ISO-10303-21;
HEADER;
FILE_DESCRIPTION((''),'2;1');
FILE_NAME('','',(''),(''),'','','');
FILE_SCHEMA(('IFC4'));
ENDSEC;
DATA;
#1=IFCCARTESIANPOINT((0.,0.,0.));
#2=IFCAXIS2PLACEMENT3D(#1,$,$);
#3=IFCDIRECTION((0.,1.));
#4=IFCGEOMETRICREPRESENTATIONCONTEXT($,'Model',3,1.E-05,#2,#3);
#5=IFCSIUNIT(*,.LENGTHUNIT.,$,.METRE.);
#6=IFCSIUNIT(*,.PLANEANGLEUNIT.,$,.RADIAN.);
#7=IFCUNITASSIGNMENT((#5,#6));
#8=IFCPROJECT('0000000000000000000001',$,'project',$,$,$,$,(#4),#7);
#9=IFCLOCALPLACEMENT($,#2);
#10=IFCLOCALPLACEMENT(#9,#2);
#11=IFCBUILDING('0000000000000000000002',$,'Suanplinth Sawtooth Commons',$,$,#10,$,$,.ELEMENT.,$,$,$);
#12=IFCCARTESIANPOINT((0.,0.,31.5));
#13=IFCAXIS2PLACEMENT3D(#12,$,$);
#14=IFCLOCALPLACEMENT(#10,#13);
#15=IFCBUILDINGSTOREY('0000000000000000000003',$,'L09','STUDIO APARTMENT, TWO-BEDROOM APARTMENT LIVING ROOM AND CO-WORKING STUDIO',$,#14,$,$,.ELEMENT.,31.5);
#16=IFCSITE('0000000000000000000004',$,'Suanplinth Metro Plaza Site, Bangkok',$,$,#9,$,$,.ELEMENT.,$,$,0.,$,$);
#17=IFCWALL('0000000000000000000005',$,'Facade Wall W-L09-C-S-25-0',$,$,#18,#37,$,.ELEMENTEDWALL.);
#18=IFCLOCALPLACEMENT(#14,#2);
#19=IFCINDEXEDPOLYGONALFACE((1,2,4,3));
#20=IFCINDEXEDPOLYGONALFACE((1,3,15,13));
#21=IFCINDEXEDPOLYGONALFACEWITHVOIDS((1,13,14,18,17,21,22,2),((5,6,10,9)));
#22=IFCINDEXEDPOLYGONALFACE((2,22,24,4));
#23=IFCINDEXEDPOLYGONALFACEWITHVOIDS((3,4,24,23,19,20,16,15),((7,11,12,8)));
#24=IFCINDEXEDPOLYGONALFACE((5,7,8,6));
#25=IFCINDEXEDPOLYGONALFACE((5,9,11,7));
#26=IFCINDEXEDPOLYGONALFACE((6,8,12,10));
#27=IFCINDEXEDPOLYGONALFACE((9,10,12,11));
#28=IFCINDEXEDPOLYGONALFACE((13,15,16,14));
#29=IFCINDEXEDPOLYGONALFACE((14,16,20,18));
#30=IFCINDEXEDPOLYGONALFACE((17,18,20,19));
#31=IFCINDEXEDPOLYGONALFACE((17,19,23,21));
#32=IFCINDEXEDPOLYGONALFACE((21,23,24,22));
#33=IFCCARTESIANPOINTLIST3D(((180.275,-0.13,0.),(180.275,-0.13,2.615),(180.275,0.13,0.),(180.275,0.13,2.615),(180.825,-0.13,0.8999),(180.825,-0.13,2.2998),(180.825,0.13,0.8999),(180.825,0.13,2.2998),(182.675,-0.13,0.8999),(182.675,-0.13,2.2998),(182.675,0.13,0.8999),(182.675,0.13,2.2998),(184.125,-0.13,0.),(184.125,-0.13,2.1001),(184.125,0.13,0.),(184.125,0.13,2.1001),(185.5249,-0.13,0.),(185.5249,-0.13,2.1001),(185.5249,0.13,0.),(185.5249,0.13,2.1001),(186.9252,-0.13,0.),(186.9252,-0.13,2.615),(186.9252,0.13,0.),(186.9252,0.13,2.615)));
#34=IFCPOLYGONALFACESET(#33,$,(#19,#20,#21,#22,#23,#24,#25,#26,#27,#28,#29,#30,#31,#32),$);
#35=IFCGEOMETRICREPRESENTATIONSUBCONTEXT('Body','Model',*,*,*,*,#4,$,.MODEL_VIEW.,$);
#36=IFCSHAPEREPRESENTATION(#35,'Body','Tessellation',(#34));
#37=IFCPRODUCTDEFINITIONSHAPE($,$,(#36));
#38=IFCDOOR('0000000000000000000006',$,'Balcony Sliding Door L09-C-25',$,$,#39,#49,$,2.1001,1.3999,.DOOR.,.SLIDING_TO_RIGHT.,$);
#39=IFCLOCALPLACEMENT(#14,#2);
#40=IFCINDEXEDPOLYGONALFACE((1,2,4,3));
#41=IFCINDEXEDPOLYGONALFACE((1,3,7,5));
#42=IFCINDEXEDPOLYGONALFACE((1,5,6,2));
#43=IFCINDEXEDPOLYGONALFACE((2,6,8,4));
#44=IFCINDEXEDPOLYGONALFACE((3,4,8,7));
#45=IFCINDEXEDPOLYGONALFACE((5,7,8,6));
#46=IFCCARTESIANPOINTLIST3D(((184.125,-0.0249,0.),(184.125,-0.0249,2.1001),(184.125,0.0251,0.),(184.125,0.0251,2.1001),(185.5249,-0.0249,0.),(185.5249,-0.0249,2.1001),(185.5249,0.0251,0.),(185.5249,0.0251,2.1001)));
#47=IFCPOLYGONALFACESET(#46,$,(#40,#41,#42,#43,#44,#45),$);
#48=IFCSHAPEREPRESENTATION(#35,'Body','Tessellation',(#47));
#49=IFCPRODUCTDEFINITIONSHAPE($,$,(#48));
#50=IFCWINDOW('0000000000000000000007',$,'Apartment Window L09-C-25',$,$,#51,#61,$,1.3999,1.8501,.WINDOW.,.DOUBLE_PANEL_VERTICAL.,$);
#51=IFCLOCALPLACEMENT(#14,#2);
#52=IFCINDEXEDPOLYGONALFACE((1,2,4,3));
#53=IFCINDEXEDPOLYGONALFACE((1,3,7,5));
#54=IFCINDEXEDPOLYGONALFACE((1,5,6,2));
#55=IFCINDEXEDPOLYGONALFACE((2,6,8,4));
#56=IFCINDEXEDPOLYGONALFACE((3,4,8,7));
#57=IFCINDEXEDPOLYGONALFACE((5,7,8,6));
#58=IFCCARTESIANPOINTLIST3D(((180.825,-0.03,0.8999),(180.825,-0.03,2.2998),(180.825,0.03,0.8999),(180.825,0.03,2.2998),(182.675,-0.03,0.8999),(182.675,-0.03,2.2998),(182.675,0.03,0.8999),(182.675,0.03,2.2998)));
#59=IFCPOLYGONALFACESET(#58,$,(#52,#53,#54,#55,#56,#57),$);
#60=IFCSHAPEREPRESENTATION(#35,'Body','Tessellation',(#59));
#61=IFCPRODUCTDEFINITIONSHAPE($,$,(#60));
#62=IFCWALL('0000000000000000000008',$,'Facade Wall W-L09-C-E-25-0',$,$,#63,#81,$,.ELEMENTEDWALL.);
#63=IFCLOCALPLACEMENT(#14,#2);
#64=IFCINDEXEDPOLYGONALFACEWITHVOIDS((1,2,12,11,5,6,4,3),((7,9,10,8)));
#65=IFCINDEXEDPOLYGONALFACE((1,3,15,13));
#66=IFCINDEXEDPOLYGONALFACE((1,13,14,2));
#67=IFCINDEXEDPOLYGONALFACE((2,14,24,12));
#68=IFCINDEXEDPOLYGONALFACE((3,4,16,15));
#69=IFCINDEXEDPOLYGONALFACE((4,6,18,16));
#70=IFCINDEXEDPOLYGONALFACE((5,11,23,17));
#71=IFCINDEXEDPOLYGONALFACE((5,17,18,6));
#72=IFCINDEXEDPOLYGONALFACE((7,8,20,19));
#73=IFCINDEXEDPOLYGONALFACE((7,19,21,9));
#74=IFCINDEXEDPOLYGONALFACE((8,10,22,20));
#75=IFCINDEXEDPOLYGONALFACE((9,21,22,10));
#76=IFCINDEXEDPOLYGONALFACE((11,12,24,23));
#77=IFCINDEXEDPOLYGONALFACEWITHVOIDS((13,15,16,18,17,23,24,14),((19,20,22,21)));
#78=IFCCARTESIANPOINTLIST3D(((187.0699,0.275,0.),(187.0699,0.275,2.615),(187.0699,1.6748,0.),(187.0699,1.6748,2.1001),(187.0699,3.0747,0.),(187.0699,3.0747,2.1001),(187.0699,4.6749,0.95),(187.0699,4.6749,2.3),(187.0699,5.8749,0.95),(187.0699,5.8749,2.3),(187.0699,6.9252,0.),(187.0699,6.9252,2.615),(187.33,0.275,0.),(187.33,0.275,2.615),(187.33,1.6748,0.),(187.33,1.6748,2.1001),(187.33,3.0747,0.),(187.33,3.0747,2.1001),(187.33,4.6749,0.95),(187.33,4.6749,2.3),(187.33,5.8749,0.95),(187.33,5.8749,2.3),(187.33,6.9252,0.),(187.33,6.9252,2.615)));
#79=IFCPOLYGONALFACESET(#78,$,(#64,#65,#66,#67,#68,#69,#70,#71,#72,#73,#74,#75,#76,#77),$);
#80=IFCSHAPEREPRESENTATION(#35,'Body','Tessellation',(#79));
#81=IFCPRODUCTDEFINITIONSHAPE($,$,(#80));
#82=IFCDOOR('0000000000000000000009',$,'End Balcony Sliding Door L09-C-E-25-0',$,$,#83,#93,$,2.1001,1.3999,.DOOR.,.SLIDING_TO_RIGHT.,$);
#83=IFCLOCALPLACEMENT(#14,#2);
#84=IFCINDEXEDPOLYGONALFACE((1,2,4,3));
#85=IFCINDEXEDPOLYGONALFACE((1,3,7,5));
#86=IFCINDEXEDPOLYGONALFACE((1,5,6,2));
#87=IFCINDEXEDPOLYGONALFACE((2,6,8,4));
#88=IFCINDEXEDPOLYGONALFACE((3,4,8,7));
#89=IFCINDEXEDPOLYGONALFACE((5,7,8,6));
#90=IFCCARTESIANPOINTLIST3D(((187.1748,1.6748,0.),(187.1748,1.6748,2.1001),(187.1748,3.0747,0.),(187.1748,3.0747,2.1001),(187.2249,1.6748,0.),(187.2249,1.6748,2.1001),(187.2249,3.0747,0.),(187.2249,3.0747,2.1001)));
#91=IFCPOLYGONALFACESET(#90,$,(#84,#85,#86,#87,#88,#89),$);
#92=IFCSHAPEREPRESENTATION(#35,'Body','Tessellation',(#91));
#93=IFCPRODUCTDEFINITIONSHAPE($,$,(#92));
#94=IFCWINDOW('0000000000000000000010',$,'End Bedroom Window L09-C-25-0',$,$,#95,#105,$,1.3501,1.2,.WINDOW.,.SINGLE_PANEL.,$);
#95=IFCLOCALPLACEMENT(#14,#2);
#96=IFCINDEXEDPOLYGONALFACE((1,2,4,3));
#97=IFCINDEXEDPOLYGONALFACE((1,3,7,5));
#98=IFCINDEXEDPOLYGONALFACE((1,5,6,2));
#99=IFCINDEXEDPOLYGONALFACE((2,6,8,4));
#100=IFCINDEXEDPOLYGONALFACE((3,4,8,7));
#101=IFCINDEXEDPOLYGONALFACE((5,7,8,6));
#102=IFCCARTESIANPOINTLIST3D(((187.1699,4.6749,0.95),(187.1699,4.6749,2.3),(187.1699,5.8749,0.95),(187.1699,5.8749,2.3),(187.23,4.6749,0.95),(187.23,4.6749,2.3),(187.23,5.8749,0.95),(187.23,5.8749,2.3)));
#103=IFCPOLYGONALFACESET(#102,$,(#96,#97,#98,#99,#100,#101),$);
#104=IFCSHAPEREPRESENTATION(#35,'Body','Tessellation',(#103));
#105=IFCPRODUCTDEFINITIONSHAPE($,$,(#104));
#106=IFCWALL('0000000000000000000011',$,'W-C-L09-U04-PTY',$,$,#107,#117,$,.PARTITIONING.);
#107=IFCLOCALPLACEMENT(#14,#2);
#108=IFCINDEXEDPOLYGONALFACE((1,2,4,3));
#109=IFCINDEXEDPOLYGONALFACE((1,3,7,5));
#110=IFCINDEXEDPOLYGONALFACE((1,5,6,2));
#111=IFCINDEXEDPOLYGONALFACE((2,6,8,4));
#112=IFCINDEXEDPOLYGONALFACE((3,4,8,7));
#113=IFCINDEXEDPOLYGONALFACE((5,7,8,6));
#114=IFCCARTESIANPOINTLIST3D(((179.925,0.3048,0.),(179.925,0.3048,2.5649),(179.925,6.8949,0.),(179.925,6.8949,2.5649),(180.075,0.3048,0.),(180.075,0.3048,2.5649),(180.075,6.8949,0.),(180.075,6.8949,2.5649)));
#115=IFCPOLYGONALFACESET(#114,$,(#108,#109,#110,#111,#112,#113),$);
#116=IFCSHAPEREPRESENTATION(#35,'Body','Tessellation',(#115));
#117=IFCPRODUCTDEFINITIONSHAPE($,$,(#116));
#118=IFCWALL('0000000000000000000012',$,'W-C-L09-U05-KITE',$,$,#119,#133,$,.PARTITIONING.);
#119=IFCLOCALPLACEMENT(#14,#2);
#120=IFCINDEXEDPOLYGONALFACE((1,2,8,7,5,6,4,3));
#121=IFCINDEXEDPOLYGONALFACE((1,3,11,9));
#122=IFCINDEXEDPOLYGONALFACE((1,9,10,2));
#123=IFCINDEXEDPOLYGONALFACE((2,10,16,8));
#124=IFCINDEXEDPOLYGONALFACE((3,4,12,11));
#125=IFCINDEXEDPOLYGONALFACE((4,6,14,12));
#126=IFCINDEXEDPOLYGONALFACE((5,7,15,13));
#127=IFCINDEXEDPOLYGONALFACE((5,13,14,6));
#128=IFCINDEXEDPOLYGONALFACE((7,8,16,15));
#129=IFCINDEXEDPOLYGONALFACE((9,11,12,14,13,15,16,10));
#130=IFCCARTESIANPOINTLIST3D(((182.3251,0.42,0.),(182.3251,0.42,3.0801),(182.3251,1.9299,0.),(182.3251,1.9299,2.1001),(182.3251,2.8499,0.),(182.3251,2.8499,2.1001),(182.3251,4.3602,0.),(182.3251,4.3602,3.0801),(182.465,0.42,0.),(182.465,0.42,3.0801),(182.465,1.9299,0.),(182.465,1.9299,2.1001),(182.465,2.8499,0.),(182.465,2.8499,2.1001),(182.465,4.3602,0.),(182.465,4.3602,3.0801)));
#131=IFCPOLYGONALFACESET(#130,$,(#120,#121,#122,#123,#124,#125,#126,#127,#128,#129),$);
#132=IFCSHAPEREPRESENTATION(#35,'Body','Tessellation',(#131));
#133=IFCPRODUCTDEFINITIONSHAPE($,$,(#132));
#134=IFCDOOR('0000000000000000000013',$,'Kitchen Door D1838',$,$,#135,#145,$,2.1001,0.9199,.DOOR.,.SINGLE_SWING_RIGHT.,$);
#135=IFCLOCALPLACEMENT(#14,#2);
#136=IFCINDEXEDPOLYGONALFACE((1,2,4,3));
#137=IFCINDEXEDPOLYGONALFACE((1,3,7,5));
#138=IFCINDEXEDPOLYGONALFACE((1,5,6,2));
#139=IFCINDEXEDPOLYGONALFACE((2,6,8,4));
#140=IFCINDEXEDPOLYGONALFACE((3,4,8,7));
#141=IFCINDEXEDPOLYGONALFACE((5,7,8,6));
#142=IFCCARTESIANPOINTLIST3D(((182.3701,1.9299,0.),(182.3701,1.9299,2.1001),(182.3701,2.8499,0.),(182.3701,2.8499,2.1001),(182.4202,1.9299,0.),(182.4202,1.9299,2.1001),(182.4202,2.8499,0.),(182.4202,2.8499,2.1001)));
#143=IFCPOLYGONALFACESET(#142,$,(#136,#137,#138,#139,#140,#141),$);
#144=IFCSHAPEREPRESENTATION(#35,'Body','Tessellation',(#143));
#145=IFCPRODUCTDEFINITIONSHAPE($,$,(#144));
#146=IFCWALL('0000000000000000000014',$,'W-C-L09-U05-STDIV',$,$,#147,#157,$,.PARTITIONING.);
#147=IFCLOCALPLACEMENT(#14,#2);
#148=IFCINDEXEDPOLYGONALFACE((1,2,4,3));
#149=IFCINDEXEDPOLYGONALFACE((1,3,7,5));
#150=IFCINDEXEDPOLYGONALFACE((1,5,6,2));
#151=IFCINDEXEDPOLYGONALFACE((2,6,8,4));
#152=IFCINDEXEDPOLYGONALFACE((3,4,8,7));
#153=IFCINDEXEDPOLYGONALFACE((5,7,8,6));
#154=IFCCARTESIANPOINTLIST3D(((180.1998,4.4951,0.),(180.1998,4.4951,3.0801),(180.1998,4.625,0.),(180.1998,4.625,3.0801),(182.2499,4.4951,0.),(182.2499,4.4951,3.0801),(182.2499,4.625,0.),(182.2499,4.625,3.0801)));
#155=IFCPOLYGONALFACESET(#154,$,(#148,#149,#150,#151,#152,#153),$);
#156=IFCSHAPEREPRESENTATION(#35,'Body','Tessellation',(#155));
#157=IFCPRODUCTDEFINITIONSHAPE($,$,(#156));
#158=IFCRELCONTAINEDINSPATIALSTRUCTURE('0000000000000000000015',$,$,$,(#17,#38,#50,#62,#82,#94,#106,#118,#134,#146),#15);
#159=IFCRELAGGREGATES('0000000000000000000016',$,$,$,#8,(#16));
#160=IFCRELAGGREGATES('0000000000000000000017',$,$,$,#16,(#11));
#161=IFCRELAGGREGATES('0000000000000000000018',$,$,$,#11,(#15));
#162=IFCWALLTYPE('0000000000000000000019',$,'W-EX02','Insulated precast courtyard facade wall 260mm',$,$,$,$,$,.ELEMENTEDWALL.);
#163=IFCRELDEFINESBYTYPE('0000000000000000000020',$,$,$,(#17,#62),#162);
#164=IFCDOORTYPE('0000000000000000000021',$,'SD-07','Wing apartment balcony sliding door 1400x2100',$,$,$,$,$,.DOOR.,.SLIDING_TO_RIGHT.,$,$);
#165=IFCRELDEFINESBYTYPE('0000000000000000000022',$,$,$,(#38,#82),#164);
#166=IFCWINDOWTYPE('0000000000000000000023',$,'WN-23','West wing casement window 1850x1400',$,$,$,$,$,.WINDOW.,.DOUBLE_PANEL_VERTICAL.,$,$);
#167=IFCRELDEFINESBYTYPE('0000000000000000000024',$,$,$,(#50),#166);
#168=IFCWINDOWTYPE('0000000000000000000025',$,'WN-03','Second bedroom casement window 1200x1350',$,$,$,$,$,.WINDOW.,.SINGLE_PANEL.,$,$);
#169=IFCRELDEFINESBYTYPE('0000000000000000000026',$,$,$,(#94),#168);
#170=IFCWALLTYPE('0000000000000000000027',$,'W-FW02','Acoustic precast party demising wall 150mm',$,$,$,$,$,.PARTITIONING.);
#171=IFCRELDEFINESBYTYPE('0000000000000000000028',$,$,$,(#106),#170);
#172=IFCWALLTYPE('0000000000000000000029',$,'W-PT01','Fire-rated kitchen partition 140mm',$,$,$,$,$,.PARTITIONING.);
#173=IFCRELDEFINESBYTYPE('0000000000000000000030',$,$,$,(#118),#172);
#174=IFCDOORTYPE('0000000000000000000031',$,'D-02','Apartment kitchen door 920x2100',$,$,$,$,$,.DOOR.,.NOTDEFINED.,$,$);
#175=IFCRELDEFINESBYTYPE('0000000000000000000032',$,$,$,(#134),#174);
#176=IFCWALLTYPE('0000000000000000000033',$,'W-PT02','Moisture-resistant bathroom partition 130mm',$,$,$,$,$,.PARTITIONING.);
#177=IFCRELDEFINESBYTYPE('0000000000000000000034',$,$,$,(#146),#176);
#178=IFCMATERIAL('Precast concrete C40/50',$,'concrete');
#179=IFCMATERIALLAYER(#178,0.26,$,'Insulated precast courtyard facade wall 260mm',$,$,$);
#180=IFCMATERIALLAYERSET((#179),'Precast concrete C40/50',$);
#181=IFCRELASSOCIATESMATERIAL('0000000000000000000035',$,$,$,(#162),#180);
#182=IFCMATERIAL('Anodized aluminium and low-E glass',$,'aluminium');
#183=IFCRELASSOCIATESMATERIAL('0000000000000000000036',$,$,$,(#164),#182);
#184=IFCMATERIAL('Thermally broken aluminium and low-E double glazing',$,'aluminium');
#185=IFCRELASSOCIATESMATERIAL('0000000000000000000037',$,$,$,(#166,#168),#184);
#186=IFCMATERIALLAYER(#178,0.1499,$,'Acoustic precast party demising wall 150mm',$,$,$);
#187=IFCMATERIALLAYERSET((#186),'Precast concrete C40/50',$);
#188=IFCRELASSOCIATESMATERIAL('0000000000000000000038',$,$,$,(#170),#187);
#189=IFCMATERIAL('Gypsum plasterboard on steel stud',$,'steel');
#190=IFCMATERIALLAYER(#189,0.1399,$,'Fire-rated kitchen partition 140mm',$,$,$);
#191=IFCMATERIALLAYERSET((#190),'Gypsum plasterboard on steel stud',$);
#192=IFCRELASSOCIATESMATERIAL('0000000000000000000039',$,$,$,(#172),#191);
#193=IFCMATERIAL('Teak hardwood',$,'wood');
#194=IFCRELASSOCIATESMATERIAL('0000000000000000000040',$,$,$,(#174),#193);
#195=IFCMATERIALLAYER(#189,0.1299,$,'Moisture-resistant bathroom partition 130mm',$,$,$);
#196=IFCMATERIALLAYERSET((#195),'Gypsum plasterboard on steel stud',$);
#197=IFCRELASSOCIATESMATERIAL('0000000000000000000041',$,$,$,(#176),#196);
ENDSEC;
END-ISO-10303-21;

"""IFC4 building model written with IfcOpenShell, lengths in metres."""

from ifc_helpers import new_model, si_unit, direction, frame, frame_2d, origin, place, context, subcontext, project, spatial, rectangle, extrude, material, layer, layer_set, type_object, element, fill, save


model = new_model("IFC4")

# Units and contexts
model_context = context("Model", 3, precision=1e-05, world=origin(), true_north=direction((0.0, 1.0)))
body_context = subcontext(model_context, "Body", "Model", "MODEL_VIEW")
ifc_project = project(units=[si_unit("LENGTHUNIT", "METRE"), si_unit("PLANEANGLEUNIT", "RADIAN")], contexts=[model_context])

# Site, building, storey
site_placement = place(None, origin())
site = spatial("IfcSite", under=ifc_project, at=site_placement, Name="Suanplinth Metro Plaza Site, Bangkok", CompositionType="ELEMENT", RefElevation=0.0)
building_placement = place(site_placement, origin())
building = spatial("IfcBuilding", under=site, at=building_placement, Name="Suanplinth Sawtooth Commons", CompositionType="ELEMENT")
storey_placement = place(building_placement, frame((0.0, 0.0, 31.5)))
storey = spatial("IfcBuildingStorey", under=building, at=storey_placement, Name="L09", Description="STUDIO APARTMENT, TWO-BEDROOM APARTMENT LIVING ROOM AND CO-WORKING STUDIO", CompositionType="ELEMENT", Elevation=31.5)

# Shared definitions
ifc_material_1 = material(Name="Precast concrete C40/50", Category="concrete")

# Walls, openings, doors, windows
ifc_layer_1 = layer(ifc_material_1, 0.26, Name="Insulated precast courtyard facade wall 260mm")
ifc_layer_set_1 = layer_set([ifc_layer_1], Name="Precast concrete C40/50")
wall_type_1 = type_object("IfcWallType", Name="W-EX02", Description="Insulated precast courtyard facade wall 260mm", PredefinedType="ELEMENTEDWALL", material=ifc_layer_set_1)
wall_1_placement = place(storey_placement, frame((180.2749, 0.0, 0.0), z_axis=(0.0, 0.0, 1.0), x_axis=(1.0, 0.0, 0.0)))
wall_1 = element("IfcWall", 1, at=wall_1_placement, inside=storey, type_object=wall_type_1, Name="Facade Wall W-L09-C-S-25-0", PredefinedType="ELEMENTEDWALL", context=body_context, shape_type="SweptSolid", body=[
    extrude(rectangle(XDim=6.6501, YDim=0.26, at=frame_2d((3.3252, 0.0))), origin(), (0.0, 0.0, 1.0), 2.615),
])
opening_1_placement = place(wall_1_placement, frame((3.8501, 0.0, 0.0)))
opening_1 = element("IfcOpeningElement", 2, at=opening_1_placement, cuts=wall_1, PredefinedType="OPENING", context=body_context, shape_type="SweptSolid", body=[
    extrude(rectangle(XDim=1.3999, YDim=2.1001, at=frame_2d((0.7, 1.05))), frame((0.0, 0.145, 0.0), z_axis=(0.0, -1.0, 0.0), x_axis=(1.0, 0.0, 0.0)), (0.0, 0.0, 1.0), 0.2898),
])
opening_2_placement = place(wall_1_placement, frame((0.55, 0.0, 0.8999)))
opening_2 = element("IfcOpeningElement", 3, at=opening_2_placement, cuts=wall_1, PredefinedType="OPENING", context=body_context, shape_type="SweptSolid", body=[
    extrude(rectangle(XDim=1.8501, YDim=1.3999, at=frame_2d((0.925, 0.7))), frame((0.0, 0.145, 0.0), z_axis=(0.0, -1.0, 0.0), x_axis=(1.0, 0.0, 0.0)), (0.0, 0.0, 1.0), 0.2898),
])
ifc_material_2 = material(Name="Anodized aluminium and low-E glass", Category="aluminium")
door_type_1 = type_object("IfcDoorType", Name="SD-07", Description="Wing apartment balcony sliding door 1400x2100", OperationType="SLIDING_TO_RIGHT", PredefinedType="DOOR", material=ifc_material_2)
door_1_placement = place(opening_1_placement, frame((1.3999, 0.0, 0.0), z_axis=(0.0, 0.0, 1.0), x_axis=(-1.0, 0.0, 0.0)))
door_1 = element("IfcDoor", 4, at=door_1_placement, inside=storey, type_object=door_type_1, Name="Balcony Sliding Door L09-C-25", OperationType="SLIDING_TO_RIGHT", OverallHeight=2.1001, OverallWidth=1.3999, PredefinedType="DOOR", context=body_context, shape_type="SweptSolid", body=[
    extrude(rectangle(XDim=1.3999, YDim=2.1001, at=frame_2d((0.7, 1.05))), frame((0.0, 0.0249, 0.0), z_axis=(0.0, -1.0, 0.0), x_axis=(1.0, 0.0, 0.0)), (0.0, 0.0, 1.0), 0.05),
])
fill(opening_1, door_1)
ifc_material_3 = material(Name="Thermally broken aluminium and low-E double glazing", Category="aluminium")
window_type_1 = type_object("IfcWindowType", Name="WN-23", Description="West wing casement window 1850x1400", PartitioningType="DOUBLE_PANEL_VERTICAL", PredefinedType="WINDOW", material=ifc_material_3)
window_1_placement = place(opening_2_placement, origin())
window_1 = element("IfcWindow", 5, at=window_1_placement, inside=storey, type_object=window_type_1, Name="Apartment Window L09-C-25", OverallHeight=1.3999, OverallWidth=1.8501, PartitioningType="DOUBLE_PANEL_VERTICAL", PredefinedType="WINDOW", context=body_context, shape_type="SweptSolid", body=[
    extrude(rectangle(XDim=1.8501, YDim=1.3999, at=frame_2d((0.925, 0.7))), frame((0.0, 0.03, 0.0), z_axis=(0.0, -1.0, 0.0), x_axis=(1.0, 0.0, 0.0)), (0.0, 0.0, 1.0), 0.0601),
])
fill(opening_2, window_1)
wall_2_placement = place(storey_placement, frame((187.2, 0.2749, 0.0), z_axis=(0.0, 0.0, 1.0), x_axis=(0.0, 1.0, 0.0)))
wall_2 = element("IfcWall", 6, at=wall_2_placement, inside=storey, type_object=wall_type_1, Name="Facade Wall W-L09-C-E-25-0", PredefinedType="ELEMENTEDWALL", context=body_context, shape_type="SweptSolid", body=[
    extrude(rectangle(XDim=6.6501, YDim=0.26, at=frame_2d((3.3252, 0.0))), origin(), (0.0, 0.0, 1.0), 2.615),
])
opening_3_placement = place(wall_2_placement, frame((1.3999, 0.0, 0.0)))
opening_3 = element("IfcOpeningElement", 7, at=opening_3_placement, cuts=wall_2, PredefinedType="OPENING", context=body_context, shape_type="SweptSolid", body=[
    extrude(rectangle(XDim=1.3999, YDim=2.1001, at=frame_2d((0.7, 1.05))), frame((0.0, 0.145, 0.0), z_axis=(0.0, -1.0, 0.0), x_axis=(1.0, 0.0, 0.0)), (0.0, 0.0, 1.0), 0.2898),
])
opening_4_placement = place(wall_2_placement, frame((4.3999, 0.0, 0.95)))
opening_4 = element("IfcOpeningElement", 8, at=opening_4_placement, cuts=wall_2, PredefinedType="OPENING", context=body_context, shape_type="SweptSolid", body=[
    extrude(rectangle(XDim=1.2, YDim=1.3501, at=frame_2d((0.6001, 0.675))), frame((0.0, 0.145, 0.0), z_axis=(0.0, -1.0, 0.0), x_axis=(1.0, 0.0, 0.0)), (0.0, 0.0, 1.0), 0.2898),
])
door_2_placement = place(opening_3_placement, frame((1.3999, 0.0, 0.0), z_axis=(0.0, 0.0, 1.0), x_axis=(-1.0, 0.0, 0.0)))
door_2 = element("IfcDoor", 9, at=door_2_placement, inside=storey, type_object=door_type_1, Name="End Balcony Sliding Door L09-C-E-25-0", OperationType="SLIDING_TO_RIGHT", OverallHeight=2.1001, OverallWidth=1.3999, PredefinedType="DOOR", context=body_context, shape_type="SweptSolid", body=[
    extrude(rectangle(XDim=1.3999, YDim=2.1001, at=frame_2d((0.7, 1.05))), frame((0.0, 0.0249, 0.0), z_axis=(0.0, -1.0, 0.0), x_axis=(1.0, 0.0, 0.0)), (0.0, 0.0, 1.0), 0.05),
])
fill(opening_3, door_2)
window_type_2 = type_object("IfcWindowType", Name="WN-03", Description="Second bedroom casement window 1200x1350", PartitioningType="SINGLE_PANEL", PredefinedType="WINDOW", material=ifc_material_3)
window_2_placement = place(opening_4_placement, origin())
window_2 = element("IfcWindow", 10, at=window_2_placement, inside=storey, type_object=window_type_2, Name="End Bedroom Window L09-C-25-0", OverallHeight=1.3501, OverallWidth=1.2, PartitioningType="SINGLE_PANEL", PredefinedType="WINDOW", context=body_context, shape_type="SweptSolid", body=[
    extrude(rectangle(XDim=1.2, YDim=1.3501, at=frame_2d((0.6001, 0.675))), frame((0.0, 0.03, 0.0), z_axis=(0.0, -1.0, 0.0), x_axis=(1.0, 0.0, 0.0)), (0.0, 0.0, 1.0), 0.0601),
])
fill(opening_4, window_2)

# Wall
ifc_layer_2 = layer(ifc_material_1, 0.1499, Name="Acoustic precast party demising wall 150mm")
ifc_layer_set_2 = layer_set([ifc_layer_2], Name="Precast concrete C40/50")
wall_type_2 = type_object("IfcWallType", Name="W-FW02", Description="Acoustic precast party demising wall 150mm", PredefinedType="PARTITIONING", material=ifc_layer_set_2)
wall_3_placement = place(storey_placement, frame((180.0, 0.3049, 0.0), z_axis=(0.0, 0.0, 1.0), x_axis=(0.0, 1.0, 0.0)))
element("IfcWall", 11, at=wall_3_placement, inside=storey, type_object=wall_type_2, Name="W-C-L09-U04-PTY", PredefinedType="PARTITIONING", context=body_context, shape_type="SweptSolid", body=[
    extrude(rectangle(XDim=6.5901, YDim=0.1499, at=frame_2d((3.2949, 0.0))), origin(), (0.0, 0.0, 1.0), 2.5649),
])

# Wall, opening, door
ifc_material_4 = material(Name="Gypsum plasterboard on steel stud", Category="steel")
ifc_layer_3 = layer(ifc_material_4, 0.1399, Name="Fire-rated kitchen partition 140mm")
ifc_layer_set_3 = layer_set([ifc_layer_3], Name="Gypsum plasterboard on steel stud")
wall_type_3 = type_object("IfcWallType", Name="W-PT01", Description="Fire-rated kitchen partition 140mm", PredefinedType="PARTITIONING", material=ifc_layer_set_3)
wall_4_placement = place(storey_placement, frame((182.395, 0.4199, 0.0), z_axis=(0.0, 0.0, 1.0), x_axis=(0.0, 1.0, 0.0)))
wall_4 = element("IfcWall", 12, at=wall_4_placement, inside=storey, type_object=wall_type_3, Name="W-C-L09-U05-KITE", PredefinedType="PARTITIONING", context=body_context, shape_type="SweptSolid", body=[
    extrude(rectangle(XDim=3.9402, YDim=0.1399, at=frame_2d((1.9702, 0.0))), origin(), (0.0, 0.0, 1.0), 3.0801),
])
opening_5_placement = place(wall_4_placement, frame((1.51, 0.0, 0.0)))
opening_5 = element("IfcOpeningElement", 13, at=opening_5_placement, cuts=wall_4, PredefinedType="OPENING", context=body_context, shape_type="SweptSolid", body=[
    extrude(rectangle(XDim=0.9199, YDim=2.1001, at=frame_2d((0.46, 1.05))), frame((0.0, 0.085, 0.0), z_axis=(0.0, -1.0, 0.0), x_axis=(1.0, 0.0, 0.0)), (0.0, 0.0, 1.0), 0.1697),
])
ifc_material_5 = material(Name="Teak hardwood", Category="wood")
door_type_2 = type_object("IfcDoorType", Name="D-02", Description="Apartment kitchen door 920x2100", OperationType="NOTDEFINED", PredefinedType="DOOR", material=ifc_material_5)
door_3_placement = place(opening_5_placement, origin())
door_3 = element("IfcDoor", 14, at=door_3_placement, inside=storey, type_object=door_type_2, Name="Kitchen Door D1838", OperationType="SINGLE_SWING_RIGHT", OverallHeight=2.1001, OverallWidth=0.9199, PredefinedType="DOOR", context=body_context, shape_type="SweptSolid", body=[
    extrude(rectangle(XDim=0.9199, YDim=2.1001, at=frame_2d((0.46, 1.05))), frame((0.0, 0.0249, 0.0), z_axis=(0.0, -1.0, 0.0), x_axis=(1.0, 0.0, 0.0)), (0.0, 0.0, 1.0), 0.05),
])
fill(opening_5, door_3)

# Wall
ifc_layer_4 = layer(ifc_material_4, 0.1299, Name="Moisture-resistant bathroom partition 130mm")
ifc_layer_set_4 = layer_set([ifc_layer_4], Name="Gypsum plasterboard on steel stud")
wall_type_4 = type_object("IfcWallType", Name="W-PT02", Description="Moisture-resistant bathroom partition 130mm", PredefinedType="PARTITIONING", material=ifc_layer_set_4)
wall_5_placement = place(storey_placement, frame((180.2, 4.5601, 0.0), z_axis=(0.0, 0.0, 1.0), x_axis=(1.0, 0.0, 0.0)))
element("IfcWall", 15, at=wall_5_placement, inside=storey, type_object=wall_type_4, Name="W-C-L09-U05-STDIV", PredefinedType="PARTITIONING", context=body_context, shape_type="SweptSolid", body=[
    extrude(rectangle(XDim=2.05, YDim=0.1299, at=frame_2d((1.0249, 0.0))), origin(), (0.0, 0.0, 1.0), 3.0801),
])

save(model, "model.ifc")
